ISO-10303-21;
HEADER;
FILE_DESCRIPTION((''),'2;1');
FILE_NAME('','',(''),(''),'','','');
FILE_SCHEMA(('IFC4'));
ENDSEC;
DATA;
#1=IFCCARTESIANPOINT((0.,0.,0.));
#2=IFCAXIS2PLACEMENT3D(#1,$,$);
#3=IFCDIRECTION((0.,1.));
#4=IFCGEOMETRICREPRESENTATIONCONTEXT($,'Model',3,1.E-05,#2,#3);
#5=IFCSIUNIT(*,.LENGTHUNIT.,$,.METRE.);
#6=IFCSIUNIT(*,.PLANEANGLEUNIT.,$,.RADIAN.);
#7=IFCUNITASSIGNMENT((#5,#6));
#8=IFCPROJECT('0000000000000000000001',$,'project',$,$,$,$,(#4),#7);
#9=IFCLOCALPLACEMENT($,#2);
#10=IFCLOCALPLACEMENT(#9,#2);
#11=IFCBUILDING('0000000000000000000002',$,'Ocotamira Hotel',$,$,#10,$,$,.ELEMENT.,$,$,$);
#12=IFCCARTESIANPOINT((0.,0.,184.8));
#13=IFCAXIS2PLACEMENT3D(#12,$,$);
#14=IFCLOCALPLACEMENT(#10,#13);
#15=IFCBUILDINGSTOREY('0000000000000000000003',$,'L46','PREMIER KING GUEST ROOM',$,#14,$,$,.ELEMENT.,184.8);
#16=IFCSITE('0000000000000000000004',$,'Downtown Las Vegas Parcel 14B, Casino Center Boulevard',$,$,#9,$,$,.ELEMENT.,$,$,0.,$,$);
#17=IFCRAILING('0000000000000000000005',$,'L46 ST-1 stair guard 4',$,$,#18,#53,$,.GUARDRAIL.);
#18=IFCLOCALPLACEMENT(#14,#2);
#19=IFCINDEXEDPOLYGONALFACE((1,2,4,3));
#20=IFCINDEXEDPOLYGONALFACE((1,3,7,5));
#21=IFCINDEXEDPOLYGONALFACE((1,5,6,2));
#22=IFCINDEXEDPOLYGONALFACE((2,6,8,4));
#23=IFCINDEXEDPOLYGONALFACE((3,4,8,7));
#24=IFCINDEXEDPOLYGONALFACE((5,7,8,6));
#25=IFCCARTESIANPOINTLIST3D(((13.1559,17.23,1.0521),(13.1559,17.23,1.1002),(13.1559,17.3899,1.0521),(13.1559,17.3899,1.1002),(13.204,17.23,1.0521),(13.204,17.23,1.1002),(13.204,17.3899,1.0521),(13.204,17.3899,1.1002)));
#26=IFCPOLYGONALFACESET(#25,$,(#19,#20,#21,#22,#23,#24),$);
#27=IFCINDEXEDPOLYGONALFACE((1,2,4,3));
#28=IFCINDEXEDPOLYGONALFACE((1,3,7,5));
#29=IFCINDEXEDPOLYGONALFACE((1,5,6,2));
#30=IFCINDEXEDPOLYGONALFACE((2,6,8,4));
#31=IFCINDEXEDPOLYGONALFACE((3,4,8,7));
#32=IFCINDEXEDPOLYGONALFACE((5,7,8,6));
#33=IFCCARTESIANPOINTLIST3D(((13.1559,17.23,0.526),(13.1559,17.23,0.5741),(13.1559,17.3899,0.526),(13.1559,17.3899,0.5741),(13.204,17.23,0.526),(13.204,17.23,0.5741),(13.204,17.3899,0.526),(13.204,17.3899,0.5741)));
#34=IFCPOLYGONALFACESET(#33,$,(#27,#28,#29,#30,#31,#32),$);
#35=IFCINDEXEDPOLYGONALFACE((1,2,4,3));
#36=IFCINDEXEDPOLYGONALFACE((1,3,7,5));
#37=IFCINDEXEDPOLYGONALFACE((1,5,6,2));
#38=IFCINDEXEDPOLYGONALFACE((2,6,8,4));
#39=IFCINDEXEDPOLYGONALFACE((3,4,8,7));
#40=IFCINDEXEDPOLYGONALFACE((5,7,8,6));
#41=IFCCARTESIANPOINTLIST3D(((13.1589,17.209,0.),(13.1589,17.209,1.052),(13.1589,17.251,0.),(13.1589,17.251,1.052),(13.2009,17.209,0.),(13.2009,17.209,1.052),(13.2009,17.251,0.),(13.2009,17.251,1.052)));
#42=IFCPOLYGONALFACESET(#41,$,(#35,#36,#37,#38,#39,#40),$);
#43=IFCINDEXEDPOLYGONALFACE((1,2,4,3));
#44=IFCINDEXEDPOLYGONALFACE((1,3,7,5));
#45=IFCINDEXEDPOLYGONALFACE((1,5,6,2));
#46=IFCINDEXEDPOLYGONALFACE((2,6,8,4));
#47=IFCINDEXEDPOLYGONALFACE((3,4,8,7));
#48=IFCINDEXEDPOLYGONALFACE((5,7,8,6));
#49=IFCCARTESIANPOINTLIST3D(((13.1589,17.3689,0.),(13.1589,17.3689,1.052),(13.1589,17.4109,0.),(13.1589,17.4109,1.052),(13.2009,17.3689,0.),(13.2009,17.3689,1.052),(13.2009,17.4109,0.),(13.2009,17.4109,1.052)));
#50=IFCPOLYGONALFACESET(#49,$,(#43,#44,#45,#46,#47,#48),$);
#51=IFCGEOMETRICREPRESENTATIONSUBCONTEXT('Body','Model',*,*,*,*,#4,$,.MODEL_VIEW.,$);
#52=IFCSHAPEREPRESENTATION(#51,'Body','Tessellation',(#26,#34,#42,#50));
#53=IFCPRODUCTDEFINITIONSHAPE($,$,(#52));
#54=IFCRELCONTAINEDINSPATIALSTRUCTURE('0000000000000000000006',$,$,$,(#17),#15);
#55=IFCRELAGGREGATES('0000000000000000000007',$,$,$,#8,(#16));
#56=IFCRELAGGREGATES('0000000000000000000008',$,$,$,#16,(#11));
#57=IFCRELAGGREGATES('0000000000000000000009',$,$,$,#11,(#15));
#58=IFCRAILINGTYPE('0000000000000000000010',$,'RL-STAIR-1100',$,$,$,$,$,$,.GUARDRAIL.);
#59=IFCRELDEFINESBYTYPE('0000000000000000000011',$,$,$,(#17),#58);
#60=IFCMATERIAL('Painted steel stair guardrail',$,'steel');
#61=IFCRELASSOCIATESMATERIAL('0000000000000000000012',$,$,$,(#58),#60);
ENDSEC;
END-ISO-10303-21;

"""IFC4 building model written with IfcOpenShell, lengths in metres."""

from ifc_helpers import new_model, si_unit, direction, frame, origin, origin_2d, place, context, subcontext, project, spatial, rectangle, extrude, material, type_object, element, save


model = new_model("IFC4")

# Units and contexts
model_context = context("Model", 3, precision=1e-05, world=origin(), true_north=direction((0.0, 1.0)))
body_context = subcontext(model_context, "Body", "Model", "MODEL_VIEW")
ifc_project = project(units=[si_unit("LENGTHUNIT", "METRE"), si_unit("PLANEANGLEUNIT", "RADIAN")], contexts=[model_context])

# Site, building, storey
site_placement = place(None, origin())
site = spatial("IfcSite", under=ifc_project, at=site_placement, Name="Downtown Las Vegas Parcel 14B, Casino Center Boulevard", CompositionType="ELEMENT", RefElevation=0.0)
building_placement = place(site_placement, origin())
building = spatial("IfcBuilding", under=site, at=building_placement, Name="Ocotamira Hotel", CompositionType="ELEMENT")
storey_placement = place(building_placement, frame((0.0, 0.0, 184.8)))
storey = spatial("IfcBuildingStorey", under=building, at=storey_placement, Name="L46", Description="PREMIER KING GUEST ROOM", CompositionType="ELEMENT", Elevation=184.8)

# Railing
ifc_material_1 = material(Name="Painted steel stair guardrail", Category="steel")
railing_type_1 = type_object("IfcRailingType", Name="RL-STAIR-1100", PredefinedType="GUARDRAIL", material=ifc_material_1)
railing_1_placement = place(storey_placement, frame((13.1799, 17.23, 0.0)))
element("IfcRailing", 1, at=railing_1_placement, inside=storey, type_object=railing_type_1, Name="L46 ST-1 stair guard 4", PredefinedType="GUARDRAIL", context=body_context, shape_type="SweptSolid", body=[
    extrude(rectangle(XDim=0.0481, YDim=0.0481, at=origin_2d()), frame((0.0, 0.0, 1.0762), z_axis=(0.0, 1.0, 0.0), x_axis=(-1.0, 0.0, 0.0)), (0.0, 0.0, 1.0), 0.1599),
    extrude(rectangle(XDim=0.0481, YDim=0.0481, at=origin_2d()), frame((0.0, 0.0, 0.55), z_axis=(0.0, 1.0, 0.0), x_axis=(-1.0, 0.0, 0.0)), (0.0, 0.0, 1.0), 0.1599),
    extrude(rectangle(XDim=0.042, YDim=0.042, at=origin_2d()), origin(), (0.0, 0.0, 1.0), 1.052),
    extrude(rectangle(XDim=0.042, YDim=0.042, at=origin_2d()), frame((0.0, 0.1599, 0.0)), (0.0, 0.0, 1.0), 1.052),
])

save(model, "model.ifc")
